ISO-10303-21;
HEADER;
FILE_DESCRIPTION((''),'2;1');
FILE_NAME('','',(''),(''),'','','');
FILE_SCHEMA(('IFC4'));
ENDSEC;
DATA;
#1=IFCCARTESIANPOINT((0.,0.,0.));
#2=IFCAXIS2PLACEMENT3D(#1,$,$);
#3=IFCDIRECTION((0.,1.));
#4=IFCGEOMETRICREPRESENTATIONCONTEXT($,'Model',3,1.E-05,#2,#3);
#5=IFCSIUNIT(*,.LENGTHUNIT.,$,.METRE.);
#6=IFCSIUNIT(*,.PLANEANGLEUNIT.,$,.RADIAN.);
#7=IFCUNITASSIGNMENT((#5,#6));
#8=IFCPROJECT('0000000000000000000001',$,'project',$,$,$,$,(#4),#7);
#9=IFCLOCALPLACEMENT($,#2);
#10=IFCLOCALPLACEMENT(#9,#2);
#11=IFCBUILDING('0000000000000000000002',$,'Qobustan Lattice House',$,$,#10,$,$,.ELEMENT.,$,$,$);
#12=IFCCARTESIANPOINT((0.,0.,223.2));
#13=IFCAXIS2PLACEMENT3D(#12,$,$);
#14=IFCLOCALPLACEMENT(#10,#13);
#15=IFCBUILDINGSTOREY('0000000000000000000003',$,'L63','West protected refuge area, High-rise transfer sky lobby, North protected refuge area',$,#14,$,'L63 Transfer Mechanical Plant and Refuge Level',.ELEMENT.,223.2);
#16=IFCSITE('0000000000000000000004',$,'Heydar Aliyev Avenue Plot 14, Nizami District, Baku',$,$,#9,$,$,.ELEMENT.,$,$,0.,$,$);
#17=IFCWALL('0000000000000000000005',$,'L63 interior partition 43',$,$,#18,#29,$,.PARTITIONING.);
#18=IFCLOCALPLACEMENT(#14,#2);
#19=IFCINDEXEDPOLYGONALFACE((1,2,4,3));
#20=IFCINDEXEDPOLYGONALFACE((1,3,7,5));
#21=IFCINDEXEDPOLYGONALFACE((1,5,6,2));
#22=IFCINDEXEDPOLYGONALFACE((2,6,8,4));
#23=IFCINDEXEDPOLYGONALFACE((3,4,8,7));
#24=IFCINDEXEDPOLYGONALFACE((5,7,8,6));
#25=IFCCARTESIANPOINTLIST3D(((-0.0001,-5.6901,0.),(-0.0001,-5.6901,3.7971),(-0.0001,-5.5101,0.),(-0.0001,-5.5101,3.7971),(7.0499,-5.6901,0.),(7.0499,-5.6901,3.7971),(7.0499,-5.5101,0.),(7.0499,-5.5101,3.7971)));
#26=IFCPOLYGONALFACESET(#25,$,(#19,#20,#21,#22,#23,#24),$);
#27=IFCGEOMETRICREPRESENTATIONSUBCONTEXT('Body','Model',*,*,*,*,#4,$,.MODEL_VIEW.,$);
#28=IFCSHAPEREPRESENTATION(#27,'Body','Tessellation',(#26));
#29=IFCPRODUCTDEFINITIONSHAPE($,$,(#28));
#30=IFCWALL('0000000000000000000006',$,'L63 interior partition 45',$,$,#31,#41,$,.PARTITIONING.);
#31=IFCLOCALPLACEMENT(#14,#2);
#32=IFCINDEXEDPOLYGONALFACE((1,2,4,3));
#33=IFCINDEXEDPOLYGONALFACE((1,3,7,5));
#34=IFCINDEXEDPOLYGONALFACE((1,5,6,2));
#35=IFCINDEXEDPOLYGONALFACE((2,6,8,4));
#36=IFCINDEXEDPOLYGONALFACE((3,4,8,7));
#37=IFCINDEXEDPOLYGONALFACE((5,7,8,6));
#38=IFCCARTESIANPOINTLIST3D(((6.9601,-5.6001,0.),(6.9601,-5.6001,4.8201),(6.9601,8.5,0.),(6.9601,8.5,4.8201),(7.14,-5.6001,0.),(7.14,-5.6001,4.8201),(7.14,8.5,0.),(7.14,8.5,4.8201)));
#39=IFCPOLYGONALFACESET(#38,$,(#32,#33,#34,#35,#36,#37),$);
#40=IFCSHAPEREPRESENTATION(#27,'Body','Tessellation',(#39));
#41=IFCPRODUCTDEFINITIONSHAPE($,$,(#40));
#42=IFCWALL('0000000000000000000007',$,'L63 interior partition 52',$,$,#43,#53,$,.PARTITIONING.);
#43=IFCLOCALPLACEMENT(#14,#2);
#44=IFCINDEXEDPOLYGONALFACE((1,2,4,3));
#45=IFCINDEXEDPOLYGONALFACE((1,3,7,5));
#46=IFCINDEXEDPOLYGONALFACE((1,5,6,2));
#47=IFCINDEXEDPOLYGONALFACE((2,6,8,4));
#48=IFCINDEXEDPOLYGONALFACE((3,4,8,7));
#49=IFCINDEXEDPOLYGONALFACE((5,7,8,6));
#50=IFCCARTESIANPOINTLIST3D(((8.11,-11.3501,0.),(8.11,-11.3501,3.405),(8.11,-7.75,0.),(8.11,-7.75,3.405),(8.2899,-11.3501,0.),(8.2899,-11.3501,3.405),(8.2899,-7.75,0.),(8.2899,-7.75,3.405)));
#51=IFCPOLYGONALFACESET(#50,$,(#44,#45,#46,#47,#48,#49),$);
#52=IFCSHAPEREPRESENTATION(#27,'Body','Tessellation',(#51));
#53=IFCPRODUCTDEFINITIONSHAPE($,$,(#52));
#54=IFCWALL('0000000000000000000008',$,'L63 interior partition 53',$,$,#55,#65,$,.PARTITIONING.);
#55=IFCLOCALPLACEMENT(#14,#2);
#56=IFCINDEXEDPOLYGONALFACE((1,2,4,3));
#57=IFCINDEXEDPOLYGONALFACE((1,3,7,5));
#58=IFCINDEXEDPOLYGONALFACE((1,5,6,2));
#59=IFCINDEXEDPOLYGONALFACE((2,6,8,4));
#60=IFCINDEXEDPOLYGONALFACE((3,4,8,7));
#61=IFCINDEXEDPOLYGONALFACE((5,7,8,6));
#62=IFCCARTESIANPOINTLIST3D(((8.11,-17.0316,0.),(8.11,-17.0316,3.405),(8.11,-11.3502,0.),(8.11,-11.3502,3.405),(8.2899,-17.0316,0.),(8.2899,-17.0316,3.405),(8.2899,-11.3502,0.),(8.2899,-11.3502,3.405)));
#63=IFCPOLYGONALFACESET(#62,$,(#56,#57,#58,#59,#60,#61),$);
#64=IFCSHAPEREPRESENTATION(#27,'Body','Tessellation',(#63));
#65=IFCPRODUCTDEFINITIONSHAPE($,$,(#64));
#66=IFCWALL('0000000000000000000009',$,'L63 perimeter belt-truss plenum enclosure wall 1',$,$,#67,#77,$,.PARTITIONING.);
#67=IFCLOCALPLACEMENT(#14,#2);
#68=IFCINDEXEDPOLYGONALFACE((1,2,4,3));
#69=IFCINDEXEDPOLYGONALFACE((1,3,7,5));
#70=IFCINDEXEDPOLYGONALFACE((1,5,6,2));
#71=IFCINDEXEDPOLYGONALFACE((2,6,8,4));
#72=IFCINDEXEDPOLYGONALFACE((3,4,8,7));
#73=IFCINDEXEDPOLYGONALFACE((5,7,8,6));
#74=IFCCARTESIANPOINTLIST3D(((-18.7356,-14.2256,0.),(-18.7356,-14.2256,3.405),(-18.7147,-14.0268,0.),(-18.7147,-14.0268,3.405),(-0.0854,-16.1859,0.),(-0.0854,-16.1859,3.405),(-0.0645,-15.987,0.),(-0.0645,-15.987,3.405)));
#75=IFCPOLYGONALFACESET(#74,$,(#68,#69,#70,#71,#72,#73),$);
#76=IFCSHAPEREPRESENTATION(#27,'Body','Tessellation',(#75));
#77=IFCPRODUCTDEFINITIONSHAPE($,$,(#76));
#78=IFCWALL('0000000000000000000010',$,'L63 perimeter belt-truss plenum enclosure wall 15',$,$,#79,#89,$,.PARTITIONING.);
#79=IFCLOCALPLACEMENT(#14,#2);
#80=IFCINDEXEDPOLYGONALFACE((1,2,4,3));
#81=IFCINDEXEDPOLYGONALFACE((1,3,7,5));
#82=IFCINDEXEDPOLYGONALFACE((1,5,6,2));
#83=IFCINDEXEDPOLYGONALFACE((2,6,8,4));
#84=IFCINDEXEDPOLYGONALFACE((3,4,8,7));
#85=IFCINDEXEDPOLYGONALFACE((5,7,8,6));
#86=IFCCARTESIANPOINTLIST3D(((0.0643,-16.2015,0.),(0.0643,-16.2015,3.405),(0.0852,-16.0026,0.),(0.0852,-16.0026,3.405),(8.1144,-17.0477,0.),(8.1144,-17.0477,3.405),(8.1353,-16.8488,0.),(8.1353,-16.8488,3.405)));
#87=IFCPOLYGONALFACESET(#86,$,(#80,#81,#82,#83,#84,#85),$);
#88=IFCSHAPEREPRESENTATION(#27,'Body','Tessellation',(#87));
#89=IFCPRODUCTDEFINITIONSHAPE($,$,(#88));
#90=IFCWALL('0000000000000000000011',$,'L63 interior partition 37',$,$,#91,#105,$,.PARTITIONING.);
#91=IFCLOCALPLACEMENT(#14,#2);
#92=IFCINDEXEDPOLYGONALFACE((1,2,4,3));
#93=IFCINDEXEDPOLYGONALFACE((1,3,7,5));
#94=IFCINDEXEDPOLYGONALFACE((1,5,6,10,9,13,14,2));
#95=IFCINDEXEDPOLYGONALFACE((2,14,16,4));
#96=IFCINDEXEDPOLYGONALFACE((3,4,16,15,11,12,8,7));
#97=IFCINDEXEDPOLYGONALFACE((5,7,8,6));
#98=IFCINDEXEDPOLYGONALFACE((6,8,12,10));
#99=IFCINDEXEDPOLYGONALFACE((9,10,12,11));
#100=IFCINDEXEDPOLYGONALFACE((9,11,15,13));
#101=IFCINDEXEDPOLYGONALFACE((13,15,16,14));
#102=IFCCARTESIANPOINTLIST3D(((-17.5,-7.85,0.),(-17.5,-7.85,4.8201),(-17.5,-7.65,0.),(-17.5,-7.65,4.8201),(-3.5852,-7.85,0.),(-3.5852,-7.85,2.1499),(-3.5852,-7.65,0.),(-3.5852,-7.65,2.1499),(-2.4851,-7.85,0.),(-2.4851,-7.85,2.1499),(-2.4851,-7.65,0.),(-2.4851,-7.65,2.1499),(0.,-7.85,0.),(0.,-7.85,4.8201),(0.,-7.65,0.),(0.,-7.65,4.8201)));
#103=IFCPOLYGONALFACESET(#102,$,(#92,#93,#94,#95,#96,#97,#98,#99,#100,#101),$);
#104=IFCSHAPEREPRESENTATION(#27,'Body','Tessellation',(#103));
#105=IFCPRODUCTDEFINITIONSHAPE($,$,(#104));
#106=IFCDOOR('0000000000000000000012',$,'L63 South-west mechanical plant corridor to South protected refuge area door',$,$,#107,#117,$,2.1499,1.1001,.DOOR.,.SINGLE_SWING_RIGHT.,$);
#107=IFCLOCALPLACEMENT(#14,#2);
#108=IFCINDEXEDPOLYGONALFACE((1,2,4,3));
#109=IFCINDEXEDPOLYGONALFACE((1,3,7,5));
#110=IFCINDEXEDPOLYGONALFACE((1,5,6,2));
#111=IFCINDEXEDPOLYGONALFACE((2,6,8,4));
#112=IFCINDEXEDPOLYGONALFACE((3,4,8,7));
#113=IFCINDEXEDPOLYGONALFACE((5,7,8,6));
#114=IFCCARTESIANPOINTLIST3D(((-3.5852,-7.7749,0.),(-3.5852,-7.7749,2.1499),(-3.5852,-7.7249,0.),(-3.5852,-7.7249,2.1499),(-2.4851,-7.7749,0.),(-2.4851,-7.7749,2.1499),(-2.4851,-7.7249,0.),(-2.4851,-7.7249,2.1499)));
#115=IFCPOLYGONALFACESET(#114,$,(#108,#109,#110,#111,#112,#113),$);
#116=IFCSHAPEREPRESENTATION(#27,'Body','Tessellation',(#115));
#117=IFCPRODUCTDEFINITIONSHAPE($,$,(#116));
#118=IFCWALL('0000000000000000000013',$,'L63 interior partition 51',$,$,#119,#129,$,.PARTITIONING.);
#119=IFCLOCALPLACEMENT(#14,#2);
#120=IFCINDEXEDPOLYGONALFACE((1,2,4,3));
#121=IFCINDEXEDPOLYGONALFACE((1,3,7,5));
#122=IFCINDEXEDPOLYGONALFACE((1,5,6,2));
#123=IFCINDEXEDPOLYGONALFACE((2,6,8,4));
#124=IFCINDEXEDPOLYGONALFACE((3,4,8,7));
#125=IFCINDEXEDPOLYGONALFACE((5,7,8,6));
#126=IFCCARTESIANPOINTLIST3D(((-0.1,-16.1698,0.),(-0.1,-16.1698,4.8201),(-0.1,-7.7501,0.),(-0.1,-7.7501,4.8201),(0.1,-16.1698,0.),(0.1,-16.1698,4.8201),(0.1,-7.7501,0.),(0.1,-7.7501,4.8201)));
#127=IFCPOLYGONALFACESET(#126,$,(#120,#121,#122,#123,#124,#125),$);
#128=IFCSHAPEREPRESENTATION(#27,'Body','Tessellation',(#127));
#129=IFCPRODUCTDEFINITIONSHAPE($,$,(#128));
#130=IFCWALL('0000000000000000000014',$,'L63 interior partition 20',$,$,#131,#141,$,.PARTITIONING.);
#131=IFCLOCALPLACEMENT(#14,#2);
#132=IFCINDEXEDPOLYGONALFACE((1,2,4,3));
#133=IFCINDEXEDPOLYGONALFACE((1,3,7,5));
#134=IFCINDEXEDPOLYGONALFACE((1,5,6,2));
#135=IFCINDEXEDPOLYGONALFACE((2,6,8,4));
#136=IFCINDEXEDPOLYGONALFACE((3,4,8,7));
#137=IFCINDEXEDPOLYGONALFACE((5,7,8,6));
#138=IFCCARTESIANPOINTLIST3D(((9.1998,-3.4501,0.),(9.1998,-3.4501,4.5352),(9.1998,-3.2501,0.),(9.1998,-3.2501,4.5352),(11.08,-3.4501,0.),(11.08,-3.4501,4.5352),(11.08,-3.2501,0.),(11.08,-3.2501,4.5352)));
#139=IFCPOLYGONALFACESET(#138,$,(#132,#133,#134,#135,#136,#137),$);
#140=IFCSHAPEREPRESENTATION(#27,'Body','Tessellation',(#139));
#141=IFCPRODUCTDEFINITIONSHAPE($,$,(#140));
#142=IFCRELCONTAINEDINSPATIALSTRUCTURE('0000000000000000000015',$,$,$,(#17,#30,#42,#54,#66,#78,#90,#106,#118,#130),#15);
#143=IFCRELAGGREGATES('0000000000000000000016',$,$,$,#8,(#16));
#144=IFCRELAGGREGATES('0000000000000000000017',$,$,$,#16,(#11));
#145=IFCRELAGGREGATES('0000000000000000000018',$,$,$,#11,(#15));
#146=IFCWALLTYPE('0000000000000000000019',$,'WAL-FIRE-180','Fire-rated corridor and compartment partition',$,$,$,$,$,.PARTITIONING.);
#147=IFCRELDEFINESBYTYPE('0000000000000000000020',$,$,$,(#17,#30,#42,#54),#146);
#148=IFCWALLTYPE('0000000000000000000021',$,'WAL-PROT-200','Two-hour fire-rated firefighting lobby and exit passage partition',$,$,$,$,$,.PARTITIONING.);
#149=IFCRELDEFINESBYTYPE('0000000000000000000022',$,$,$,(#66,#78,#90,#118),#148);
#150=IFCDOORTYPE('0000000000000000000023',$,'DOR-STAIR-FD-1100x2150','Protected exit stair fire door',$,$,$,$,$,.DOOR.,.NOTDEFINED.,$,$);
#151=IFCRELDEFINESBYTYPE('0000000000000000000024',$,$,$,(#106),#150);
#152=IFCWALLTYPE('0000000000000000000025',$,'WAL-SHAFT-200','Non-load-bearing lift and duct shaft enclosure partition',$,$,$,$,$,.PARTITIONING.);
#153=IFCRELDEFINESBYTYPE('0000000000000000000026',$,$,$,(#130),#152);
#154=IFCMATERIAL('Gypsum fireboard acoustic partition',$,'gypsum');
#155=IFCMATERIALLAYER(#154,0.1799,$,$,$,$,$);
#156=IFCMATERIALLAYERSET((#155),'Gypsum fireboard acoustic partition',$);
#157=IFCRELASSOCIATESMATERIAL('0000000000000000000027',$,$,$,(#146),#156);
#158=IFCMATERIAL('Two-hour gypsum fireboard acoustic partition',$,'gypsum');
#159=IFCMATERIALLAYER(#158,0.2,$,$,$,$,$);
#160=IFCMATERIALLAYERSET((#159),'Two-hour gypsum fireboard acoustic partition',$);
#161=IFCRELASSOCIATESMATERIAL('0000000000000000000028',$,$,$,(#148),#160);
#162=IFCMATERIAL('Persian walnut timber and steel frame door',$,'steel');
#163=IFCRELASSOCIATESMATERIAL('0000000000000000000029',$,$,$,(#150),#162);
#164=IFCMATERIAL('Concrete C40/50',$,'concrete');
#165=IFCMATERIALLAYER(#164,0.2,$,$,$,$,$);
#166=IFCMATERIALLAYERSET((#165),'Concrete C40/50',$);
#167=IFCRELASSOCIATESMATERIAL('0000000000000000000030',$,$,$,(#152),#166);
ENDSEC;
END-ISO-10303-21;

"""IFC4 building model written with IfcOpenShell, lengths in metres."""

from ifc_helpers import new_model, si_unit, direction, frame, frame_2d, origin, place, context, subcontext, project, spatial, rectangle, extrude, material, layer, layer_set, type_object, element, fill, save


model = new_model("IFC4")

# Units and contexts
model_context = context("Model", 3, precision=1e-05, world=origin(), true_north=direction((0.0, 1.0)))
body_context = subcontext(model_context, "Body", "Model", "MODEL_VIEW")
ifc_project = project(units=[si_unit("LENGTHUNIT", "METRE"), si_unit("PLANEANGLEUNIT", "RADIAN")], contexts=[model_context])

# Site, building, storey
site_placement = place(None, origin())
site = spatial("IfcSite", under=ifc_project, at=site_placement, Name="Heydar Aliyev Avenue Plot 14, Nizami District, Baku", CompositionType="ELEMENT", RefElevation=0.0)
building_placement = place(site_placement, origin())
building = spatial("IfcBuilding", under=site, at=building_placement, Name="Qobustan Lattice House", CompositionType="ELEMENT")
storey_placement = place(building_placement, frame((0.0, 0.0, 223.2)))
storey = spatial("IfcBuildingStorey", under=building, at=storey_placement, Name="L63", Description="West protected refuge area, High-rise transfer sky lobby, North protected refuge area", LongName="L63 Transfer Mechanical Plant and Refuge Level", CompositionType="ELEMENT", Elevation=223.2)

# Shared definitions
ifc_material_1 = material(Name="Gypsum fireboard acoustic partition", Category="gypsum")
ifc_layer_1 = layer(ifc_material_1, 0.1799)
ifc_layer_set_1 = layer_set([ifc_layer_1], Name="Gypsum fireboard acoustic partition")
wall_type_1 = type_object("IfcWallType", Name="WAL-FIRE-180", Description="Fire-rated corridor and compartment partition", PredefinedType="PARTITIONING", material=ifc_layer_set_1)

# Walls
wall_1_placement = place(storey_placement, frame((0.0, -5.6001, 0.0), z_axis=(0.0, 0.0, 1.0), x_axis=(1.0, 0.0, 0.0)))
element("IfcWall", 1, at=wall_1_placement, inside=storey, type_object=wall_type_1, Name="L63 interior partition 43", PredefinedType="PARTITIONING", context=body_context, shape_type="SweptSolid", body=[
    extrude(rectangle(XDim=7.05, YDim=0.1799, at=frame_2d((3.5249, 0.0))), origin(), (0.0, 0.0, 1.0), 3.7971),
])
wall_2_placement = place(storey_placement, frame((7.05, -5.6001, 0.0), z_axis=(0.0, 0.0, 1.0), x_axis=(0.0, 1.0, 0.0)))
element("IfcWall", 2, at=wall_2_placement, inside=storey, type_object=wall_type_1, Name="L63 interior partition 45", PredefinedType="PARTITIONING", context=body_context, shape_type="SweptSolid", body=[
    extrude(rectangle(XDim=14.1001, YDim=0.1799, at=frame_2d((7.05, 0.0))), origin(), (0.0, 0.0, 1.0), 4.8201),
])
wall_3_placement = place(storey_placement, frame((8.2, -7.75, 0.0), z_axis=(0.0, 0.0, 1.0), x_axis=(0.0, -1.0, 0.0)))
element("IfcWall", 3, at=wall_3_placement, inside=storey, type_object=wall_type_1, Name="L63 interior partition 52", PredefinedType="PARTITIONING", context=body_context, shape_type="SweptSolid", body=[
    extrude(rectangle(XDim=3.6001, YDim=0.1799, at=frame_2d((1.8, 0.0))), origin(), (0.0, 0.0, 1.0), 3.405),
])
wall_4_placement = place(storey_placement, frame((8.2, -11.3501, 0.0), z_axis=(0.0, 0.0, 1.0), x_axis=(0.0, -1.0, 0.0)))
element("IfcWall", 4, at=wall_4_placement, inside=storey, type_object=wall_type_1, Name="L63 interior partition 53", PredefinedType="PARTITIONING", context=body_context, shape_type="SweptSolid", body=[
    extrude(rectangle(XDim=5.6814, YDim=0.1799, at=frame_2d((2.8408, 0.0))), origin(), (0.0, 0.0, 1.0), 3.405),
])
ifc_material_2 = material(Name="Two-hour gypsum fireboard acoustic partition", Category="gypsum")
ifc_layer_2 = layer(ifc_material_2, 0.2)
ifc_layer_set_2 = layer_set([ifc_layer_2], Name="Two-hour gypsum fireboard acoustic partition")
wall_type_2 = type_object("IfcWallType", Name="WAL-PROT-200", Description="Two-hour fire-rated firefighting lobby and exit passage partition", PredefinedType="PARTITIONING", material=ifc_layer_set_2)
wall_5_placement = place(storey_placement, frame((-0.075, -16.0864, 0.0), z_axis=(0.0, 0.0, 1.0), x_axis=(-0.994522, 0.104528, 0.0)))
element("IfcWall", 5, at=wall_5_placement, inside=storey, type_object=wall_type_2, Name="L63 perimeter belt-truss plenum enclosure wall 1", PredefinedType="PARTITIONING", context=body_context, shape_type="SweptSolid", body=[
    extrude(rectangle(XDim=18.7529, YDim=0.2, at=frame_2d((9.3765, 0.0))), origin(), (0.0, 0.0, 1.0), 3.405),
])
wall_6_placement = place(storey_placement, frame((8.125, -16.9482, 0.0), z_axis=(0.0, 0.0, 1.0), x_axis=(-0.994521, 0.10454, 0.0)))
element("IfcWall", 6, at=wall_6_placement, inside=storey, type_object=wall_type_2, Name="L63 perimeter belt-truss plenum enclosure wall 15", PredefinedType="PARTITIONING", context=body_context, shape_type="SweptSolid", body=[
    extrude(rectangle(XDim=8.0945, YDim=0.2, at=frame_2d((4.0474, 0.0))), origin(), (0.0, 0.0, 1.0), 3.405),
])

# Wall, opening, door
wall_7_placement = place(storey_placement, frame((0.0, -7.75, 0.0), z_axis=(0.0, 0.0, 1.0), x_axis=(-1.0, 0.0, 0.0)))
wall_7 = element("IfcWall", 7, at=wall_7_placement, inside=storey, type_object=wall_type_2, Name="L63 interior partition 37", PredefinedType="PARTITIONING", context=body_context, shape_type="SweptSolid", body=[
    extrude(rectangle(XDim=17.5, YDim=0.2, at=frame_2d((8.75, 0.0))), origin(), (0.0, 0.0, 1.0), 4.8201),
])
opening_1_placement = place(wall_7_placement, frame((2.4851, 0.0, 0.0)))
opening_1 = element("IfcOpeningElement", 8, at=opening_1_placement, cuts=wall_7, PredefinedType="OPENING", context=body_context, shape_type="SweptSolid", body=[
    extrude(rectangle(XDim=1.1001, YDim=2.1499, at=frame_2d((0.55, 1.075))), frame((0.0, 0.1099, 0.0), z_axis=(0.0, -1.0, 0.0), x_axis=(1.0, 0.0, 0.0)), (0.0, 0.0, 1.0), 0.22),
])
ifc_material_3 = material(Name="Persian walnut timber and steel frame door", Category="steel")
door_type_1 = type_object("IfcDoorType", Name="DOR-STAIR-FD-1100x2150", Description="Protected exit stair fire door", OperationType="NOTDEFINED", PredefinedType="DOOR", material=ifc_material_3)
door_1_placement = place(opening_1_placement, origin())
door_1 = element("IfcDoor", 9, at=door_1_placement, inside=storey, type_object=door_type_1, Name="L63 South-west mechanical plant corridor to South protected refuge area door", OperationType="SINGLE_SWING_RIGHT", OverallHeight=2.1499, OverallWidth=1.1001, PredefinedType="DOOR", context=body_context, shape_type="SweptSolid", body=[
    extrude(rectangle(XDim=1.1001, YDim=2.1499, at=frame_2d((0.55, 1.075))), frame((0.0, 0.0249, 0.0), z_axis=(0.0, -1.0, 0.0), x_axis=(1.0, 0.0, 0.0)), (0.0, 0.0, 1.0), 0.05),
])
fill(opening_1, door_1)

# Walls
wall_8_placement = place(storey_placement, frame((0.0, -7.75, 0.0), z_axis=(0.0, 0.0, 1.0), x_axis=(0.0, -1.0, 0.0)))
element("IfcWall", 10, at=wall_8_placement, inside=storey, type_object=wall_type_2, Name="L63 interior partition 51", PredefinedType="PARTITIONING", context=body_context, shape_type="SweptSolid", body=[
    extrude(rectangle(XDim=8.4197, YDim=0.2, at=frame_2d((4.21, 0.0))), origin(), (0.0, 0.0, 1.0), 4.8201),
])
ifc_material_4 = material(Name="Concrete C40/50", Category="concrete")
ifc_layer_3 = layer(ifc_material_4, 0.2)
ifc_layer_set_3 = layer_set([ifc_layer_3], Name="Concrete C40/50")
wall_type_3 = type_object("IfcWallType", Name="WAL-SHAFT-200", Description="Non-load-bearing lift and duct shaft enclosure partition", PredefinedType="PARTITIONING", material=ifc_layer_set_3)
wall_9_placement = place(storey_placement, frame((9.2, -3.3501, 0.0), z_axis=(0.0, 0.0, 1.0), x_axis=(1.0, 0.0, 0.0)))
element("IfcWall", 11, at=wall_9_placement, inside=storey, type_object=wall_type_3, Name="L63 interior partition 20", PredefinedType="PARTITIONING", context=body_context, shape_type="SweptSolid", body=[
    extrude(rectangle(XDim=1.8801, YDim=0.2, at=frame_2d((0.9399, 0.0))), origin(), (0.0, 0.0, 1.0), 4.5352),
])

save(model, "model.ifc")
